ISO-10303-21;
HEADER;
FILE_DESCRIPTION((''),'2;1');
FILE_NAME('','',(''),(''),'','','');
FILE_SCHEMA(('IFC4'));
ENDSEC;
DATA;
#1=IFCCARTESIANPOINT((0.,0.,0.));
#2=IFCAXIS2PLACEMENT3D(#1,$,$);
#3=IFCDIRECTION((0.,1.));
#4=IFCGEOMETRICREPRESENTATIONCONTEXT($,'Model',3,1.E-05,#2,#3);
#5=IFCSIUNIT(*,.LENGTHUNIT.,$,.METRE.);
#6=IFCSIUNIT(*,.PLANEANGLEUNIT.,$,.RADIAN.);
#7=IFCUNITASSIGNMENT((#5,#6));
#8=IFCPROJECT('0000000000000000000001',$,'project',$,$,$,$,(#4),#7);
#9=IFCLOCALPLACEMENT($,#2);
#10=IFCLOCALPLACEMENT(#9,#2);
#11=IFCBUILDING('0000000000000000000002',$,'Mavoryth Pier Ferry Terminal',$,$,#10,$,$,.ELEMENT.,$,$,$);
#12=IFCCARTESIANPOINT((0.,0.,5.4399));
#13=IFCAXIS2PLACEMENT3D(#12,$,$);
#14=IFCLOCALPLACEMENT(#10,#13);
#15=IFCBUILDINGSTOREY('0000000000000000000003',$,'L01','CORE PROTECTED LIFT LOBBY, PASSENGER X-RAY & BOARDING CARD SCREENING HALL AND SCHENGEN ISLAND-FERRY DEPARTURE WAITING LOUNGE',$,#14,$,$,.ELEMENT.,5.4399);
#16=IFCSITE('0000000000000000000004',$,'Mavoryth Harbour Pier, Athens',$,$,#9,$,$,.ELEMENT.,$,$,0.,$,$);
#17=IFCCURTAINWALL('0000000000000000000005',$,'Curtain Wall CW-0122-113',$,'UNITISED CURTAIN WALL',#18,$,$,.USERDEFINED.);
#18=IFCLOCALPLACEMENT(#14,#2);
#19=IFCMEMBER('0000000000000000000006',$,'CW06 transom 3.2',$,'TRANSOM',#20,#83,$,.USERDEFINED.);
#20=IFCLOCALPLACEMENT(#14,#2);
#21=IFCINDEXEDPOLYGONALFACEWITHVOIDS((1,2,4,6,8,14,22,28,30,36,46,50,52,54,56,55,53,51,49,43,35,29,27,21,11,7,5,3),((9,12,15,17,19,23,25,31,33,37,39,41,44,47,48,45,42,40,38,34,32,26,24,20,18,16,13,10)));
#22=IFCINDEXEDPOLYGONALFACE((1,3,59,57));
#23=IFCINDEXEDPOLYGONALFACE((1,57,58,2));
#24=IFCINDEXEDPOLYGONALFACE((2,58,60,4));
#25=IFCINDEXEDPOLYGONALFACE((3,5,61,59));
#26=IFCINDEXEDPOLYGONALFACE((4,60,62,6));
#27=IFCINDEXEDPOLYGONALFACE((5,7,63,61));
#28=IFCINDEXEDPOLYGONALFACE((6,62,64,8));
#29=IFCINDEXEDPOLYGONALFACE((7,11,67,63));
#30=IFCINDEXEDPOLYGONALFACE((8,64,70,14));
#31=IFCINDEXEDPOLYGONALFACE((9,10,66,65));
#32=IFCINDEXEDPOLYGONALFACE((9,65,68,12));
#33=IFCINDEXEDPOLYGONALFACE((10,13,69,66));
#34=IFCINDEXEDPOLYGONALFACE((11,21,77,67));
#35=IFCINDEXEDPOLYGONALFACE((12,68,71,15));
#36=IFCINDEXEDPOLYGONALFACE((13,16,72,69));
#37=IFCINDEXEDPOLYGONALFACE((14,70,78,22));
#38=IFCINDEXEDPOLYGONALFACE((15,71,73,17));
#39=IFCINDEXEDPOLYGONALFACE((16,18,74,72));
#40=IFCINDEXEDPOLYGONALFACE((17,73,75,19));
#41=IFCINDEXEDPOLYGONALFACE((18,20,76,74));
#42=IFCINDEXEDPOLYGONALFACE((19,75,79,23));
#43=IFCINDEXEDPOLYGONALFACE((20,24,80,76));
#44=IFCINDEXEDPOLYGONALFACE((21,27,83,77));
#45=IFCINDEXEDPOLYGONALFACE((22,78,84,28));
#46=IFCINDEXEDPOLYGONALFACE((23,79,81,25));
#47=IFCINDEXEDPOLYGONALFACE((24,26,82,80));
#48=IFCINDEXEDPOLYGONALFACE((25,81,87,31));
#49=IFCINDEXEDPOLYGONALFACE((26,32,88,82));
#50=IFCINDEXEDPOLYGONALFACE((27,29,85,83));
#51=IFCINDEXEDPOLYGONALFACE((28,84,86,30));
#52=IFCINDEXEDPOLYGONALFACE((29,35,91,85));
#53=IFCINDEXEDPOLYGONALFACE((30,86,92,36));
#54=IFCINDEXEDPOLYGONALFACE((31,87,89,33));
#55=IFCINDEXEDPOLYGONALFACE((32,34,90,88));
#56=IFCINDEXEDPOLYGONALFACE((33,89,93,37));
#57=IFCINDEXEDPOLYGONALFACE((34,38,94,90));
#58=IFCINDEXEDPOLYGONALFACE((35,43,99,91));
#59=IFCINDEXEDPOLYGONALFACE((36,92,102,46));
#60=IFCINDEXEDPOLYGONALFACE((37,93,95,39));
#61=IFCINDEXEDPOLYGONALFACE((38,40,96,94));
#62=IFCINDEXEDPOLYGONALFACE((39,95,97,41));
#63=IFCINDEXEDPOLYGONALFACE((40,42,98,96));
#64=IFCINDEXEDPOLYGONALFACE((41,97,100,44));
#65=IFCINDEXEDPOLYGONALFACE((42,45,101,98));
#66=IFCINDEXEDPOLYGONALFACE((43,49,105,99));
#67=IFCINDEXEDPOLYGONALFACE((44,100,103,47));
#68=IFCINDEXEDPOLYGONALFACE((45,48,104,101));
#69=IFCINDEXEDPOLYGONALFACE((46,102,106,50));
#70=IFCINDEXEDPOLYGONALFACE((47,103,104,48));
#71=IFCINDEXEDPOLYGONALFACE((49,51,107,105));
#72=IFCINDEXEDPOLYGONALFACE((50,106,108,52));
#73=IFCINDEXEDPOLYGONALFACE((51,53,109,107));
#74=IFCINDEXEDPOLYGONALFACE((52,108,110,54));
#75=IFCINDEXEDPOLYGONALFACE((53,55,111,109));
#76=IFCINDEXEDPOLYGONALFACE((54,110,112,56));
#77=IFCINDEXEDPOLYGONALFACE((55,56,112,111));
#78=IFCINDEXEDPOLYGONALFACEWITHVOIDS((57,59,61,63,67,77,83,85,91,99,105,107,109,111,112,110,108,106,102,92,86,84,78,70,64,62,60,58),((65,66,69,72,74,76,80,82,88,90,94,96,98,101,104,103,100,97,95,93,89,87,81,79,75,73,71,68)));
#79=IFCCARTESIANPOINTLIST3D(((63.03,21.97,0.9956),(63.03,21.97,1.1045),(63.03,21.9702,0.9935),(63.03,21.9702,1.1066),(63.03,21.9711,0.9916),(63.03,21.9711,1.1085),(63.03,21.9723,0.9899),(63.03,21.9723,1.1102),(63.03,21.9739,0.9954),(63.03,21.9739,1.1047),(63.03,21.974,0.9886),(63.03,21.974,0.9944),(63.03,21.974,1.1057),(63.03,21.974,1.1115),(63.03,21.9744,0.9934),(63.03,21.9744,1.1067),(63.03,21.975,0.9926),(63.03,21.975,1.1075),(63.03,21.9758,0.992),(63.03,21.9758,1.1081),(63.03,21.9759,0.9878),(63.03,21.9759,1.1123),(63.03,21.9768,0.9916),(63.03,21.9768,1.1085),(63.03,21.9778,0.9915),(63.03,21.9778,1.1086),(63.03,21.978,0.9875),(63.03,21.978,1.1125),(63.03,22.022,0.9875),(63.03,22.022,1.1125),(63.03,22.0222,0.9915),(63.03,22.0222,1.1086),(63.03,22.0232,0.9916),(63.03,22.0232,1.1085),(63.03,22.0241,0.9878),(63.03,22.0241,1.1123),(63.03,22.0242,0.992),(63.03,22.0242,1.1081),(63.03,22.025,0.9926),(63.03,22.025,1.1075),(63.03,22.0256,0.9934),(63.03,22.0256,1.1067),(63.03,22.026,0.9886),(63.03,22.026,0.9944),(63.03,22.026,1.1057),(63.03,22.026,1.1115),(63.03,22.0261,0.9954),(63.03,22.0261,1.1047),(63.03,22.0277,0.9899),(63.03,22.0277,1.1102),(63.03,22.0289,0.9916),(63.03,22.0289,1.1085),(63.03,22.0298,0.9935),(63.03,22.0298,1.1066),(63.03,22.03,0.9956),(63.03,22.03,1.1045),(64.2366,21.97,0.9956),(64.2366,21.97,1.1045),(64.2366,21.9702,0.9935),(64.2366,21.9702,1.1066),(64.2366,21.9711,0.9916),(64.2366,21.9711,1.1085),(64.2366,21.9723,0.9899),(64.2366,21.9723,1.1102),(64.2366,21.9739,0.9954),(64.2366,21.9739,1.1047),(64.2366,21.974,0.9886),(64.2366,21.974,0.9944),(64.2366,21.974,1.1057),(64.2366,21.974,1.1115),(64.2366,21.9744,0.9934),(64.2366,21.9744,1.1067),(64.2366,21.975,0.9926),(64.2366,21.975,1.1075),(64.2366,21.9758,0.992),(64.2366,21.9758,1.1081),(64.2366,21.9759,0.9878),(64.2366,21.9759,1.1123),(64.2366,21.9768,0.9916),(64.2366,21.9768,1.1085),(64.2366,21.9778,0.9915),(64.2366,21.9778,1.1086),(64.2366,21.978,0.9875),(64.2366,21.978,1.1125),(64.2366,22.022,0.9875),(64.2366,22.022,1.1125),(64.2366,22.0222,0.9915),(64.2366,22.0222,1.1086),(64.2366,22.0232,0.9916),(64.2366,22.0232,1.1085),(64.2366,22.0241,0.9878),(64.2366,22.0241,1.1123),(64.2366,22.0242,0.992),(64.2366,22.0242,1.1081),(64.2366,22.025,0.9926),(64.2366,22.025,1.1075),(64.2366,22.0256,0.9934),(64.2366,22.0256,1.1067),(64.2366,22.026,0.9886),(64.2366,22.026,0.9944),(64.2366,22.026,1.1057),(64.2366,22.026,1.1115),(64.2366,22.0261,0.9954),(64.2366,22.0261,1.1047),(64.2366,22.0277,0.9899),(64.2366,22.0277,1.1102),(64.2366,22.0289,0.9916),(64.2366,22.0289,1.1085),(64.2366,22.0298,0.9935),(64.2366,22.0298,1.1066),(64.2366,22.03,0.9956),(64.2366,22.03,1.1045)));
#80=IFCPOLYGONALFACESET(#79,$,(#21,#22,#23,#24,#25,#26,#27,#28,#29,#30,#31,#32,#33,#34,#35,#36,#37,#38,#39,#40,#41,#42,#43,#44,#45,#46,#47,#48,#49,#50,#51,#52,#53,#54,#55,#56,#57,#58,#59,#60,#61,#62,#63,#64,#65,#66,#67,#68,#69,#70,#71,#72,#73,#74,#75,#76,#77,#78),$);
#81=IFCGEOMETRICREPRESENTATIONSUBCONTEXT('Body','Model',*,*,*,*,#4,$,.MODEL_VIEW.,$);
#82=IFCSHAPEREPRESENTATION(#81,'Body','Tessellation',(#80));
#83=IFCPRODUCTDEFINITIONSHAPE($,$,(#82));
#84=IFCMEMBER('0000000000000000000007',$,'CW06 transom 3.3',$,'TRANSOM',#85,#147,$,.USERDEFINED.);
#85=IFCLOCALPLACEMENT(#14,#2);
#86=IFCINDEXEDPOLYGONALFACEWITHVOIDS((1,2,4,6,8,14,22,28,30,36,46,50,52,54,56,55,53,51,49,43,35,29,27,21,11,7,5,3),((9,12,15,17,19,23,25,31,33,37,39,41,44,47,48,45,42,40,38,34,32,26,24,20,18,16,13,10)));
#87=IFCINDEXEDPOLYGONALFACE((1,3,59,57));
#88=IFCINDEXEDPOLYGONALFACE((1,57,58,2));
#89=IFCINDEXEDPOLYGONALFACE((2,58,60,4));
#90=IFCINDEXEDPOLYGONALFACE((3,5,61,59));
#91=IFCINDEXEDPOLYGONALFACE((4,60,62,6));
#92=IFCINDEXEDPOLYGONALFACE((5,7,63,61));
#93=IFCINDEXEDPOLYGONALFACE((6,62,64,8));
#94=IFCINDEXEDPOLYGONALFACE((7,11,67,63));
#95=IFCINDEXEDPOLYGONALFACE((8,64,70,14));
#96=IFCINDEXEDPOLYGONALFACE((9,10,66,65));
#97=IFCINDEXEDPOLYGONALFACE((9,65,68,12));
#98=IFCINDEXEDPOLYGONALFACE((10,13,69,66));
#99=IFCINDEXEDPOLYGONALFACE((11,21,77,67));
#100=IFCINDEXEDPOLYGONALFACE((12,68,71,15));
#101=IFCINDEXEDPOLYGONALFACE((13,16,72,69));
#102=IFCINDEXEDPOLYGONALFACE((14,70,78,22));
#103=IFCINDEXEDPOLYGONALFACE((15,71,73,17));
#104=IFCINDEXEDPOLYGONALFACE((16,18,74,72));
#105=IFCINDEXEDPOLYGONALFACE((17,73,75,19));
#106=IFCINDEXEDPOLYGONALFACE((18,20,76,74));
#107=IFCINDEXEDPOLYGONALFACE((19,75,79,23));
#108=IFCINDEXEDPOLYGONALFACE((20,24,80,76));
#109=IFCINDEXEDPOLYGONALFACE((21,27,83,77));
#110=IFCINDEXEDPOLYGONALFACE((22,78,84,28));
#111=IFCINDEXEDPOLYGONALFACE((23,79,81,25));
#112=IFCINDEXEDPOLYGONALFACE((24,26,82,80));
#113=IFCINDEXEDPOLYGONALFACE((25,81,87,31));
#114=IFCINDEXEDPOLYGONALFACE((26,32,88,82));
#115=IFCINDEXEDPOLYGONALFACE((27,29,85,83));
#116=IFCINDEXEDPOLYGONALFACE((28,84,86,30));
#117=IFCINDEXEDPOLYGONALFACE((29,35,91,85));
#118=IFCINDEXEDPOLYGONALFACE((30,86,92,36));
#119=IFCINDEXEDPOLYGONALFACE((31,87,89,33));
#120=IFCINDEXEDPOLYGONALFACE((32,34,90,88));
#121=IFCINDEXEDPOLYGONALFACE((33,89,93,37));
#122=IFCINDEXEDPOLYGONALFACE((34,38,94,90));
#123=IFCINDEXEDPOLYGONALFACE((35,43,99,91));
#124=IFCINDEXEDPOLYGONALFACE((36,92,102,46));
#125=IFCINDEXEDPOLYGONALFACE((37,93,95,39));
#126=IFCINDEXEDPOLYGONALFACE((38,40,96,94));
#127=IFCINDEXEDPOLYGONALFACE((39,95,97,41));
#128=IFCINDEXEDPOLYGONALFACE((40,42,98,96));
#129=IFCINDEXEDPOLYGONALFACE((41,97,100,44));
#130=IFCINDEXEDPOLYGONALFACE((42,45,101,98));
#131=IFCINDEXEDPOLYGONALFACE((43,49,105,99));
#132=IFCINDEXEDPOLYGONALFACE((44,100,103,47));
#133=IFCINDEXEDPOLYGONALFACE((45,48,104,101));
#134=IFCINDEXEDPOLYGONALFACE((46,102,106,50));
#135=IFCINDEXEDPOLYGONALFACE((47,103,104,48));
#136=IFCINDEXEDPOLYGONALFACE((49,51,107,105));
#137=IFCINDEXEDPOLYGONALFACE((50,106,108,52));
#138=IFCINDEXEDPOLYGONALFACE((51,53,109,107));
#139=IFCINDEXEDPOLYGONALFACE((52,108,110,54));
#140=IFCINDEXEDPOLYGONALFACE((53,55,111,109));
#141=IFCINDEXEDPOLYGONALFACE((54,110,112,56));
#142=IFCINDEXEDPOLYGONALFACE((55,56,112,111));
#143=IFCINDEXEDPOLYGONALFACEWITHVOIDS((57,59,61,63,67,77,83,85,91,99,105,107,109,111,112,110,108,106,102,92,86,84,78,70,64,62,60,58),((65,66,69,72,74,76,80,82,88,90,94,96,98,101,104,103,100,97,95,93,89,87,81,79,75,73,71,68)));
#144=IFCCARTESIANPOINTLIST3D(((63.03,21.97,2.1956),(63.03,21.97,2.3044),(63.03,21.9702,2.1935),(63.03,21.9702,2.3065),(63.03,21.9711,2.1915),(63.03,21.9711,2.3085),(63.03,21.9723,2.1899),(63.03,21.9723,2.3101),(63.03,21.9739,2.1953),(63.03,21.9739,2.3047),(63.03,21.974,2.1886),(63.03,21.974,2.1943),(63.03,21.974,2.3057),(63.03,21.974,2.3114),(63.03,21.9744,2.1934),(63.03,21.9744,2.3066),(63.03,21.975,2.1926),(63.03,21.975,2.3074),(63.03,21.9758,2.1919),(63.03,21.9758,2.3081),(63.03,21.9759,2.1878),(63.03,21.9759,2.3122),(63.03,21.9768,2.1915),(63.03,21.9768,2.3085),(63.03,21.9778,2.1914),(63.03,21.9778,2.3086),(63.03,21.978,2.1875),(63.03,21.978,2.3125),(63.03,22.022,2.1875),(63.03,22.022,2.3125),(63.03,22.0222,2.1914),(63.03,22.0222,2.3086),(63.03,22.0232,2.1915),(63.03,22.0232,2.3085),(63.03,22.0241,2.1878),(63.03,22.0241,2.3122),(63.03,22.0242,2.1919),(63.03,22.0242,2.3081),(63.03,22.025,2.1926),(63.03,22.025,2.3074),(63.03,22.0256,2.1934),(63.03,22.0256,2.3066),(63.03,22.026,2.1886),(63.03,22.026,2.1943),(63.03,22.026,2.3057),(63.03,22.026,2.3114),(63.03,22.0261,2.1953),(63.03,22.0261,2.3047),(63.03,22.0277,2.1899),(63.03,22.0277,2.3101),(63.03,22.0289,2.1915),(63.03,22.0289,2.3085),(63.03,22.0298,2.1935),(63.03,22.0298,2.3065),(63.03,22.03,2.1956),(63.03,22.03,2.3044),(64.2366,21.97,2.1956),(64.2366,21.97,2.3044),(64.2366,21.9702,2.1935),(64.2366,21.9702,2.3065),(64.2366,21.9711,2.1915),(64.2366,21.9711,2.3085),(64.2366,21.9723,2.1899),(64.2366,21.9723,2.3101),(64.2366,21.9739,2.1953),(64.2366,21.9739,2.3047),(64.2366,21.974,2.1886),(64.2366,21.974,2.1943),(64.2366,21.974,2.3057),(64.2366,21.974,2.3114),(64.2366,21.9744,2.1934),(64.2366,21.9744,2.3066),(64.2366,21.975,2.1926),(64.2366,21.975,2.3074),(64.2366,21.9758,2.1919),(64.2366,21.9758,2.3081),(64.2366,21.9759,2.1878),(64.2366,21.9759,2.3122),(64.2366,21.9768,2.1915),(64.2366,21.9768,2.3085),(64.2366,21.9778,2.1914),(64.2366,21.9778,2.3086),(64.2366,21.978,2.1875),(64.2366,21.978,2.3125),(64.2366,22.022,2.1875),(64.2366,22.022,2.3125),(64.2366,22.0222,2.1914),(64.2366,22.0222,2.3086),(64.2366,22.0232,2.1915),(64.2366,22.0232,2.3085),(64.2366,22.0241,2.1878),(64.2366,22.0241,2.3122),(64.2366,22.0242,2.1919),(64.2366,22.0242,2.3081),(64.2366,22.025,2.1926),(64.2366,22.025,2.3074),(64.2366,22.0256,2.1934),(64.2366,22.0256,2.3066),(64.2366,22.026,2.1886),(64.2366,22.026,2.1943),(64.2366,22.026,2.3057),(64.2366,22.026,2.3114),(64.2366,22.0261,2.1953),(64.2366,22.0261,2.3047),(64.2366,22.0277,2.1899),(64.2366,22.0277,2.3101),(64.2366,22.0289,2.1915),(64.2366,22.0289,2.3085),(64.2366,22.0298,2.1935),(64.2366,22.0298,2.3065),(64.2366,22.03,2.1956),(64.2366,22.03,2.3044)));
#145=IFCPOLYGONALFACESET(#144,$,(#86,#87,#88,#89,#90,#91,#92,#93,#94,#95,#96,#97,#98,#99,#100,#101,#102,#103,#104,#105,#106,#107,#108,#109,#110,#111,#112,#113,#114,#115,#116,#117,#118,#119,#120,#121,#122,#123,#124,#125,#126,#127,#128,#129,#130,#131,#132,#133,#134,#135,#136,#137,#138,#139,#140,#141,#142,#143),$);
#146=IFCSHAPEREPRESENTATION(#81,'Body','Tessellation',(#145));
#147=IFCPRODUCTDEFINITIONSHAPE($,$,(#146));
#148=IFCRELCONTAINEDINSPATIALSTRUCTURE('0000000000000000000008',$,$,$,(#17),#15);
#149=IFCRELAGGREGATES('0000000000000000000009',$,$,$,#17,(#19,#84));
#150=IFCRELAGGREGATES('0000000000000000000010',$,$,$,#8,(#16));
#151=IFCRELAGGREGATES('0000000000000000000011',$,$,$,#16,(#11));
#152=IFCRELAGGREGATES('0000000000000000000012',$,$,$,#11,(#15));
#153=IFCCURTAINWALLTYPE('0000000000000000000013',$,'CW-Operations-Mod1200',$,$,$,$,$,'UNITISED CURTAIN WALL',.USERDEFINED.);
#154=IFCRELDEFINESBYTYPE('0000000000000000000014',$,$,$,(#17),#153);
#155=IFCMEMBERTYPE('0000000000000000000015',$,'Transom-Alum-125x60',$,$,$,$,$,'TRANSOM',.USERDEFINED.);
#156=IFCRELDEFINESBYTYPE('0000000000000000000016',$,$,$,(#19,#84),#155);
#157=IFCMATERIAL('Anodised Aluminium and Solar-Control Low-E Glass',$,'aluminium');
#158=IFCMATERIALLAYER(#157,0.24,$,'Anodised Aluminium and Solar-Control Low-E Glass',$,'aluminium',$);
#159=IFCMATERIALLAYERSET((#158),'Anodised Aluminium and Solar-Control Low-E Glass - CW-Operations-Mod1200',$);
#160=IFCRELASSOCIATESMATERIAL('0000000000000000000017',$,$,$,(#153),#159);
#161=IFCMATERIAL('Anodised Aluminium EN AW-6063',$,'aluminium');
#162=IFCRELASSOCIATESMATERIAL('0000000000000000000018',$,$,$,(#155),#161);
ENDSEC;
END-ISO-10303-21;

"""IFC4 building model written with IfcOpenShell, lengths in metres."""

from ifc_helpers import new_model, si_unit, direction, frame, origin, origin_2d, place, context, subcontext, project, spatial, hollow_rectangle, extrude, material, layer, layer_set, material_profile, profile_set, type_object, element, aggregate, save


model = new_model("IFC4")

# Units and contexts
model_context = context("Model", 3, precision=1e-05, world=origin(), true_north=direction((0.0, 1.0)))
body_context = subcontext(model_context, "Body", "Model", "MODEL_VIEW")
ifc_project = project(units=[si_unit("LENGTHUNIT", "METRE"), si_unit("PLANEANGLEUNIT", "RADIAN")], contexts=[model_context])

# Site, building, storey
site_placement = place(None, origin())
site = spatial("IfcSite", under=ifc_project, at=site_placement, Name="Mavoryth Harbour Pier, Athens", CompositionType="ELEMENT", RefElevation=0.0)
building_placement = place(site_placement, origin())
building = spatial("IfcBuilding", under=site, at=building_placement, Name="Mavoryth Pier Ferry Terminal", CompositionType="ELEMENT")
storey_placement = place(building_placement, frame((0.0, 0.0, 5.4399)))
storey = spatial("IfcBuildingStorey", under=building, at=storey_placement, Name="L01", Description="CORE PROTECTED LIFT LOBBY, PASSENGER X-RAY & BOARDING CARD SCREENING HALL AND SCHENGEN ISLAND-FERRY DEPARTURE WAITING LOUNGE", CompositionType="ELEMENT", Elevation=5.4399)

# Curtain wall, members
ifc_material_1 = material(Name="Anodised Aluminium and Solar-Control Low-E Glass", Category="aluminium")
ifc_layer_1 = layer(ifc_material_1, 0.24, Name="Anodised Aluminium and Solar-Control Low-E Glass", Category="aluminium")
ifc_layer_set_1 = layer_set([ifc_layer_1], Name="Anodised Aluminium and Solar-Control Low-E Glass - CW-Operations-Mod1200")
curtain_wall_type = type_object("IfcCurtainWallType", Name="CW-Operations-Mod1200", ElementType="UNITISED CURTAIN WALL", PredefinedType="USERDEFINED", material=ifc_layer_set_1)
curtain_wall_placement = place(storey_placement, origin())
curtain_wall = element("IfcCurtainWall", 1, at=curtain_wall_placement, inside=storey, type_object=curtain_wall_type, Name="Curtain Wall CW-0122-113", ObjectType="UNITISED CURTAIN WALL", PredefinedType="USERDEFINED")
ifc_material_2 = material(Name="Anodised Aluminium EN AW-6063", Category="aluminium")
ifc_material_profile_1 = material_profile(ifc_material_2, hollow_rectangle(XDim=0.0601, YDim=0.125, WallThickness=0.0039, InnerFilletRadius=0.0039, OuterFilletRadius=0.0081, at=origin_2d()), Name="AL-TRAN 125x60x4", Category="aluminium")
ifc_profile_set_1 = profile_set([ifc_material_profile_1], Name="Anodised Aluminium EN AW-6063 - AL-TRAN 125x60x4")
member_type_1 = type_object("IfcMemberType", Name="Transom-Alum-125x60", ElementType="TRANSOM", PredefinedType="USERDEFINED", material=ifc_profile_set_1)
member_1_placement = place(storey_placement, frame((64.2366, 22.0, 1.05), z_axis=(-1.0, 0.0, 0.0), x_axis=(0.0, -1.0, 0.0)))
member_1 = element("IfcMember", 2, at=member_1_placement, type_object=member_type_1, Name="CW06 transom 3.2", ObjectType="TRANSOM", PredefinedType="USERDEFINED", context=body_context, shape_type="SweptSolid", body=[
    extrude(hollow_rectangle(XDim=0.0601, YDim=0.125, WallThickness=0.0039, InnerFilletRadius=0.0039, OuterFilletRadius=0.0081, at=origin_2d()), origin(), (0.0, 0.0, 1.0), 1.2065),
])
member_2_placement = place(storey_placement, frame((64.2366, 22.0, 2.25), z_axis=(-1.0, 0.0, 0.0), x_axis=(0.0, -1.0, 0.0)))
member_2 = element("IfcMember", 3, at=member_2_placement, type_object=member_type_1, Name="CW06 transom 3.3", ObjectType="TRANSOM", PredefinedType="USERDEFINED", context=body_context, shape_type="SweptSolid", body=[
    extrude(hollow_rectangle(XDim=0.0601, YDim=0.125, WallThickness=0.0039, InnerFilletRadius=0.0039, OuterFilletRadius=0.0081, at=origin_2d()), origin(), (0.0, 0.0, 1.0), 1.2065),
])
aggregate(curtain_wall, [member_1, member_2])

save(model, "model.ifc")
